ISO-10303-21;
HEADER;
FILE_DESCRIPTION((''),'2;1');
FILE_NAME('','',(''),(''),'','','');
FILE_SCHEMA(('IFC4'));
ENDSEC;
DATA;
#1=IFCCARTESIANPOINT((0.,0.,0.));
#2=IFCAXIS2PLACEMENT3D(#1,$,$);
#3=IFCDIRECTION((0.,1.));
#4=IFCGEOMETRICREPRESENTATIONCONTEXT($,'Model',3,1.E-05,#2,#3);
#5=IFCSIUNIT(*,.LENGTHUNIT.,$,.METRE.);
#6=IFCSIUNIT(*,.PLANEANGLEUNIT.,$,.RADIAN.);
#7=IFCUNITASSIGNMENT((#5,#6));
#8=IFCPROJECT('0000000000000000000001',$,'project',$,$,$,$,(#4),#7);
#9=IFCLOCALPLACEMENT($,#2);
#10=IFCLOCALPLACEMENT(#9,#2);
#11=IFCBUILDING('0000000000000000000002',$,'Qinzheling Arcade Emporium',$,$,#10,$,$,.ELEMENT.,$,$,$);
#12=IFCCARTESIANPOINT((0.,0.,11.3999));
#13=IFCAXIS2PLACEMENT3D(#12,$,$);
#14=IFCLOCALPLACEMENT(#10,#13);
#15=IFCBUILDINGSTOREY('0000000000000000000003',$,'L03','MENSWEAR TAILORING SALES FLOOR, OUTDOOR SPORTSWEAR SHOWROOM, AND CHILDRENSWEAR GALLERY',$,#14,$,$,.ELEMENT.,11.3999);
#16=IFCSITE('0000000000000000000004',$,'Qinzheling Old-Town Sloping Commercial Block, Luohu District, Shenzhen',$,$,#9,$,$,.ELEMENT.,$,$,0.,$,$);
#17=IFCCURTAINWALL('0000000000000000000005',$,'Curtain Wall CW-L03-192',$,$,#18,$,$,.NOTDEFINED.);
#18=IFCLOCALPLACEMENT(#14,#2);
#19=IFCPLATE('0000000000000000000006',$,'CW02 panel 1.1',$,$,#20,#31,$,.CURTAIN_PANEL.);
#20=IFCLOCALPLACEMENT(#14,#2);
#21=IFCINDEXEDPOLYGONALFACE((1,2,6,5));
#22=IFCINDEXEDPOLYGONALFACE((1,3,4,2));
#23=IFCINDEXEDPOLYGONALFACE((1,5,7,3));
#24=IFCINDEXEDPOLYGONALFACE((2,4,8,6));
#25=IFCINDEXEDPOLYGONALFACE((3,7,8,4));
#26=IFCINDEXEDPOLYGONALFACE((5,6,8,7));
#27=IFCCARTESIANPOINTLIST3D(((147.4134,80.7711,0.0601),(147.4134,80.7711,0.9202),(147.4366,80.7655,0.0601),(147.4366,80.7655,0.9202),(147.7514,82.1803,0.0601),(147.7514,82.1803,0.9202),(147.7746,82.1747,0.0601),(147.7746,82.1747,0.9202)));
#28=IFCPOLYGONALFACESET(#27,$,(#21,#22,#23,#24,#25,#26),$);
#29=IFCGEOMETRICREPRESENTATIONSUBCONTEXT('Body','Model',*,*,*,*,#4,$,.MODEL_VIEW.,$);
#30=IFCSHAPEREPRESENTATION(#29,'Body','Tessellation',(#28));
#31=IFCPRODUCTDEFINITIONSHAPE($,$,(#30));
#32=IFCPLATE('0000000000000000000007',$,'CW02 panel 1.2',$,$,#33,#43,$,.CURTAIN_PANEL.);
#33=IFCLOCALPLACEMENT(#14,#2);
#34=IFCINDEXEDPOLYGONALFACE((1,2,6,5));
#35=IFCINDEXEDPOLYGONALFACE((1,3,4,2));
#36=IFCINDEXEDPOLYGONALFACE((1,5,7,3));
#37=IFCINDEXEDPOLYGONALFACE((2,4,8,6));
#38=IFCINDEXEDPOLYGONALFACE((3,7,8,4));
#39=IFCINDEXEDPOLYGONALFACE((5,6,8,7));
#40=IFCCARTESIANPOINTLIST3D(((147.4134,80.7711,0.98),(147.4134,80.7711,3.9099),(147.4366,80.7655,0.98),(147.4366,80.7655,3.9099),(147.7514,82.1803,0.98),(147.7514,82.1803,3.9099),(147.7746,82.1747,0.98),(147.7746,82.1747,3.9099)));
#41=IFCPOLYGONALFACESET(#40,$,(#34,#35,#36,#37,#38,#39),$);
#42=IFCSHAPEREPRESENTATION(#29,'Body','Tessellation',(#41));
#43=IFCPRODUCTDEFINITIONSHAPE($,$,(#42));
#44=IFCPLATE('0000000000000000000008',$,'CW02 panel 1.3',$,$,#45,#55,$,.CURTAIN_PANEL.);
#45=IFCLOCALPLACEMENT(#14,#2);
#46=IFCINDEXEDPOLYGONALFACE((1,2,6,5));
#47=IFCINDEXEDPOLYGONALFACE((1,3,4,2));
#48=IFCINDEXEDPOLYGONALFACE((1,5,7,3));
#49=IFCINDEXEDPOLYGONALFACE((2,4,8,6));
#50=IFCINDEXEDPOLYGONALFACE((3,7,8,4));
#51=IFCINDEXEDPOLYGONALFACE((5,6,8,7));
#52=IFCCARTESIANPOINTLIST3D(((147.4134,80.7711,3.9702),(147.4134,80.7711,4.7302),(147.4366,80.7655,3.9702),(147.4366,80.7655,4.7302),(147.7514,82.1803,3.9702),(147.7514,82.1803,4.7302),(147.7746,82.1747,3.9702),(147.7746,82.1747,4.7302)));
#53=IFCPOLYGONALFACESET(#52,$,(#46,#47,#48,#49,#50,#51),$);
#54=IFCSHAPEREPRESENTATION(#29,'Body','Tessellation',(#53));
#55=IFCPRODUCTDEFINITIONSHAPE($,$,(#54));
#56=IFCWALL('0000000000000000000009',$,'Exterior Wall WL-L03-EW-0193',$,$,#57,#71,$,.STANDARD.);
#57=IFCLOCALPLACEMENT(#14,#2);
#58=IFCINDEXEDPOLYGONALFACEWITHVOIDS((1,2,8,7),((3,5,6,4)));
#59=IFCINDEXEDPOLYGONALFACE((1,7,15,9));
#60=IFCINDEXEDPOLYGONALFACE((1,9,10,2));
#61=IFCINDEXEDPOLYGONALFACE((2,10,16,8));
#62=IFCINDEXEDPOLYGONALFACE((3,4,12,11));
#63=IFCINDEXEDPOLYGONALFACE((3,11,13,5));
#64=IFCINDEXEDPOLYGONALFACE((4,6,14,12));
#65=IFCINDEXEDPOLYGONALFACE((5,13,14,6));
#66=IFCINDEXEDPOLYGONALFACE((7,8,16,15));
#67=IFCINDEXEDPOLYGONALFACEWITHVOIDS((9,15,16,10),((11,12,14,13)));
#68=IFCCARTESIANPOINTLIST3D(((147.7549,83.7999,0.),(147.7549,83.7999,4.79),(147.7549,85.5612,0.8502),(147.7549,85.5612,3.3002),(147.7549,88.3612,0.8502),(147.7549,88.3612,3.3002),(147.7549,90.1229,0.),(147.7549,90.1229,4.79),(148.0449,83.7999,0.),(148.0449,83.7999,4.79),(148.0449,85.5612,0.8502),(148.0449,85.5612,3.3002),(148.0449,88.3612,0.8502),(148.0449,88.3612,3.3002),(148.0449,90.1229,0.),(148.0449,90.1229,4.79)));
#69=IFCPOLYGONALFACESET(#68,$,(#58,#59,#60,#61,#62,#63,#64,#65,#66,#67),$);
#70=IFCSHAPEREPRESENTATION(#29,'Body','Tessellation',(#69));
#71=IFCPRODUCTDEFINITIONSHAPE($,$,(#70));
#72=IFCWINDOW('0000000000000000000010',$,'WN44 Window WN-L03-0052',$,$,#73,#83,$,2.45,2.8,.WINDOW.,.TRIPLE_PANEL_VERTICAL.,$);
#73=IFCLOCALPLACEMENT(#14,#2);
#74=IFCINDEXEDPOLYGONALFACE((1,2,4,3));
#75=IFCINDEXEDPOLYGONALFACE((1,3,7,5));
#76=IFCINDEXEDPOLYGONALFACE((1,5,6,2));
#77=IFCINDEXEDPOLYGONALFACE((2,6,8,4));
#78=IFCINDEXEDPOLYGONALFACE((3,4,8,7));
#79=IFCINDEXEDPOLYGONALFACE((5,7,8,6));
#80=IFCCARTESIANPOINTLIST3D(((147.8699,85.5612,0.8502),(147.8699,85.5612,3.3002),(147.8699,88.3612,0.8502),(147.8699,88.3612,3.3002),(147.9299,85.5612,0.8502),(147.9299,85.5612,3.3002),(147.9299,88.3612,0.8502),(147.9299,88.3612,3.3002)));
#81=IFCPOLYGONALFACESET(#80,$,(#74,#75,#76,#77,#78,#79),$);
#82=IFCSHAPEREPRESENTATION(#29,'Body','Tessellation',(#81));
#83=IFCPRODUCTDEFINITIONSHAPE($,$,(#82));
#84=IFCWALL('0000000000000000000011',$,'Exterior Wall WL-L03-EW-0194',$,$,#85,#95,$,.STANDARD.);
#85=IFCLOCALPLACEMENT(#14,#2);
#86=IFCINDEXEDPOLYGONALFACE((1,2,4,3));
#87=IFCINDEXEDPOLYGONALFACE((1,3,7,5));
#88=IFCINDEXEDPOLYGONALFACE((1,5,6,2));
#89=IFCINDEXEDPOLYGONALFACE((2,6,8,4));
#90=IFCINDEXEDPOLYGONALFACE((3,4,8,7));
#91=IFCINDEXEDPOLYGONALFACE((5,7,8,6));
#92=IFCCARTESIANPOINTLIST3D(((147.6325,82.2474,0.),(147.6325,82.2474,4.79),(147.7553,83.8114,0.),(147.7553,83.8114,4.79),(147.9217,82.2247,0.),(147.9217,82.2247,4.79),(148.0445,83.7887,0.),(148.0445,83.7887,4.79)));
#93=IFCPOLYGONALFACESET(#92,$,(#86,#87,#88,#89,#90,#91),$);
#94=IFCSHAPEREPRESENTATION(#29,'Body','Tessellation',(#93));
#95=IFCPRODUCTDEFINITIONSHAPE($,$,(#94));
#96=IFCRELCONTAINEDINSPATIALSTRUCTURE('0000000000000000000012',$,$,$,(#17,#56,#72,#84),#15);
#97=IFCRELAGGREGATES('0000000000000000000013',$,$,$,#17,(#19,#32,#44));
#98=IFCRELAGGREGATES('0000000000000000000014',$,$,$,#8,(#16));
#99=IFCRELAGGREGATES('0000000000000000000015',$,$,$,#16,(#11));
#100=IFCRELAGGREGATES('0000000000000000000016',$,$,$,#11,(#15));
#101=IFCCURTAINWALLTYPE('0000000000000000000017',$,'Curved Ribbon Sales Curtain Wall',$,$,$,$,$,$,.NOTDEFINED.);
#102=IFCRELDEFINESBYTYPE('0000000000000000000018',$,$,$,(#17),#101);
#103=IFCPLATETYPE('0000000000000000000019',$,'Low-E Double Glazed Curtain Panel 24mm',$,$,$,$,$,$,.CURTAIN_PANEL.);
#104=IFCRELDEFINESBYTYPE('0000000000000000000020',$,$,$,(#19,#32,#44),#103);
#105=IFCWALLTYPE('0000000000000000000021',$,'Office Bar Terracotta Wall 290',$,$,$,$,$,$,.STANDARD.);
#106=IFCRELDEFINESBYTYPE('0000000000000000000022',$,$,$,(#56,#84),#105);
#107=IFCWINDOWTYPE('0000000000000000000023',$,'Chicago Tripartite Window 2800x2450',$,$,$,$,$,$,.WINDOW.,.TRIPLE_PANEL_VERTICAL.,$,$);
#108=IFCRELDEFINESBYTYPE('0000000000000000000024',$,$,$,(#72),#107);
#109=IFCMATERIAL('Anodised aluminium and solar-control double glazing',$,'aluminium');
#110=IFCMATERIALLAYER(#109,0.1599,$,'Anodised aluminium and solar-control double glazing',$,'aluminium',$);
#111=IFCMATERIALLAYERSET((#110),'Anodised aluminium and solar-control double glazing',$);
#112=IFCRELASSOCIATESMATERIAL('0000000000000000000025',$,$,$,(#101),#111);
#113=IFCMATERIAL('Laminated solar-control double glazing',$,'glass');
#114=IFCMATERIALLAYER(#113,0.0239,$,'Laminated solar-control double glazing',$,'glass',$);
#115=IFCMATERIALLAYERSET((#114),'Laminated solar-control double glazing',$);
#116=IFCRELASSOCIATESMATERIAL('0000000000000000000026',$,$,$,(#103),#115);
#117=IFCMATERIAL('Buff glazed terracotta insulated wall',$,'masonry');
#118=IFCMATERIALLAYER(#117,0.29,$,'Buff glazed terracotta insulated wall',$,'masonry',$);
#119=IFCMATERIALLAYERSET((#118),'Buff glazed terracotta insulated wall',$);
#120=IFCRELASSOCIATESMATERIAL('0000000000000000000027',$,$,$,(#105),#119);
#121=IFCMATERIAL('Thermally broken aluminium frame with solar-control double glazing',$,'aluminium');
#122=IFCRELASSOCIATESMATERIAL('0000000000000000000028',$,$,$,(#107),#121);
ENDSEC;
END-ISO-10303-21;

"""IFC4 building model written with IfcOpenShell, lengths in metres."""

from ifc_helpers import new_model, si_unit, direction, frame, frame_2d, origin, origin_2d, place, context, subcontext, project, spatial, rectangle, extrude, material, layer, layer_set, type_object, element, fill, aggregate, save


model = new_model("IFC4")

# Units and contexts
model_context = context("Model", 3, precision=1e-05, world=origin(), true_north=direction((0.0, 1.0)))
body_context = subcontext(model_context, "Body", "Model", "MODEL_VIEW")
ifc_project = project(units=[si_unit("LENGTHUNIT", "METRE"), si_unit("PLANEANGLEUNIT", "RADIAN")], contexts=[model_context])

# Site, building, storey
site_placement = place(None, origin())
site = spatial("IfcSite", under=ifc_project, at=site_placement, Name="Qinzheling Old-Town Sloping Commercial Block, Luohu District, Shenzhen", CompositionType="ELEMENT", RefElevation=0.0)
building_placement = place(site_placement, origin())
building = spatial("IfcBuilding", under=site, at=building_placement, Name="Qinzheling Arcade Emporium", CompositionType="ELEMENT")
storey_placement = place(building_placement, frame((0.0, 0.0, 11.3999)))
storey = spatial("IfcBuildingStorey", under=building, at=storey_placement, Name="L03", Description="MENSWEAR TAILORING SALES FLOOR, OUTDOOR SPORTSWEAR SHOWROOM, AND CHILDRENSWEAR GALLERY", CompositionType="ELEMENT", Elevation=11.3999)

# Shared definitions
ifc_material_1 = material(Name="Anodised aluminium and solar-control double glazing", Category="aluminium")
ifc_layer_1 = layer(ifc_material_1, 0.1599, Name="Anodised aluminium and solar-control double glazing", Category="aluminium")
ifc_layer_set_1 = layer_set([ifc_layer_1], Name="Anodised aluminium and solar-control double glazing")
curtain_wall_type = type_object("IfcCurtainWallType", Name="Curved Ribbon Sales Curtain Wall", PredefinedType="NOTDEFINED", material=ifc_layer_set_1)

# Curtain wall
curtain_wall_1_placement = place(storey_placement, origin())
curtain_wall_1 = element("IfcCurtainWall", 1, at=curtain_wall_1_placement, inside=storey, type_object=curtain_wall_type, Name="Curtain Wall CW-L03-192", PredefinedType="NOTDEFINED")

# Plates
ifc_material_2 = material(Name="Laminated solar-control double glazing", Category="glass")
ifc_layer_2 = layer(ifc_material_2, 0.0239, Name="Laminated solar-control double glazing", Category="glass")
ifc_layer_set_2 = layer_set([ifc_layer_2], Name="Laminated solar-control double glazing")
plate_type_1 = type_object("IfcPlateType", Name="Low-E Double Glazed Curtain Panel 24mm", PredefinedType="CURTAIN_PANEL", material=ifc_layer_set_2)
plate_1_placement = place(storey_placement, frame((147.594, 81.4729, 0.0601), z_axis=(0.0, 0.0, 1.0), x_axis=(-0.233228, -0.972422, 0.0)))
plate_1 = element("IfcPlate", 2, at=plate_1_placement, type_object=plate_type_1, Name="CW02 panel 1.1", PredefinedType="CURTAIN_PANEL", context=body_context, shape_type="SweptSolid", body=[
    extrude(rectangle(XDim=1.4492, YDim=0.0239, at=origin_2d()), origin(), (0.0, 0.0, 1.0), 0.8601),
])
plate_2_placement = place(storey_placement, frame((147.594, 81.4729, 0.98), z_axis=(0.0, 0.0, 1.0), x_axis=(-0.233228, -0.972422, 0.0)))
plate_2 = element("IfcPlate", 3, at=plate_2_placement, type_object=plate_type_1, Name="CW02 panel 1.2", PredefinedType="CURTAIN_PANEL", context=body_context, shape_type="SweptSolid", body=[
    extrude(rectangle(XDim=1.4492, YDim=0.0239, at=origin_2d()), origin(), (0.0, 0.0, 1.0), 2.9299),
])
plate_3_placement = place(storey_placement, frame((147.594, 81.4729, 3.9702), z_axis=(0.0, 0.0, 1.0), x_axis=(-0.233228, -0.972422, 0.0)))
plate_3 = element("IfcPlate", 4, at=plate_3_placement, type_object=plate_type_1, Name="CW02 panel 1.3", PredefinedType="CURTAIN_PANEL", context=body_context, shape_type="SweptSolid", body=[
    extrude(rectangle(XDim=1.4492, YDim=0.0239, at=origin_2d()), origin(), (0.0, 0.0, 1.0), 0.76),
])
aggregate(curtain_wall_1, [plate_1, plate_2, plate_3])

# Wall, opening, window
ifc_material_3 = material(Name="Buff glazed terracotta insulated wall", Category="masonry")
ifc_layer_3 = layer(ifc_material_3, 0.29, Name="Buff glazed terracotta insulated wall", Category="masonry")
ifc_layer_set_3 = layer_set([ifc_layer_3], Name="Buff glazed terracotta insulated wall")
wall_type = type_object("IfcWallType", Name="Office Bar Terracotta Wall 290", PredefinedType="STANDARD", material=ifc_layer_set_3)
wall_1_placement = place(storey_placement, frame((147.8999, 90.123, 0.0), z_axis=(0.0, 0.0, 1.0), x_axis=(0.0, -1.0, 0.0)))
wall_1 = element("IfcWall", 5, at=wall_1_placement, inside=storey, type_object=wall_type, Name="Exterior Wall WL-L03-EW-0193", PredefinedType="STANDARD", context=body_context, shape_type="SweptSolid", body=[
    extrude(rectangle(XDim=6.323, YDim=0.29, at=frame_2d((3.1616, 0.0))), origin(), (0.0, 0.0, 1.0), 4.79),
])
opening_placement = place(wall_1_placement, frame((1.762, 0.0, 0.8501)))
opening = element("IfcOpeningElement", 6, at=opening_placement, cuts=wall_1, PredefinedType="OPENING", context=body_context, shape_type="SweptSolid", body=[
    extrude(rectangle(XDim=2.8, YDim=2.45, at=frame_2d((1.3999, 1.2251))), frame((0.0, 0.155, 0.0), z_axis=(0.0, -1.0, 0.0), x_axis=(1.0, 0.0, 0.0)), (0.0, 0.0, 1.0), 0.3101),
])
ifc_material_4 = material(Name="Thermally broken aluminium frame with solar-control double glazing", Category="aluminium")
window_type = type_object("IfcWindowType", Name="Chicago Tripartite Window 2800x2450", PartitioningType="TRIPLE_PANEL_VERTICAL", PredefinedType="WINDOW", material=ifc_material_4)
window_placement = place(opening_placement, origin())
window = element("IfcWindow", 7, at=window_placement, inside=storey, type_object=window_type, Name="WN44 Window WN-L03-0052", OverallHeight=2.45, OverallWidth=2.8, PartitioningType="TRIPLE_PANEL_VERTICAL", PredefinedType="WINDOW", context=body_context, shape_type="SweptSolid", body=[
    extrude(rectangle(XDim=2.8, YDim=2.45, at=frame_2d((1.3999, 1.2251))), frame((0.0, 0.03, 0.0), z_axis=(0.0, -1.0, 0.0), x_axis=(1.0, 0.0, 0.0)), (0.0, 0.0, 1.0), 0.0601),
])
fill(opening, window)

# Wall
wall_2_placement = place(storey_placement, frame((147.8999, 83.8, 0.0), z_axis=(0.0, 0.0, 1.0), x_axis=(-0.078279, -0.996931, 0.0)))
element("IfcWall", 8, at=wall_2_placement, inside=storey, type_object=wall_type, Name="Exterior Wall WL-L03-EW-0194", PredefinedType="STANDARD", context=body_context, shape_type="SweptSolid", body=[
    extrude(rectangle(XDim=1.5688, YDim=0.29, at=frame_2d((0.7844, 0.0))), origin(), (0.0, 0.0, 1.0), 4.79),
])

save(model, "model.ifc")
